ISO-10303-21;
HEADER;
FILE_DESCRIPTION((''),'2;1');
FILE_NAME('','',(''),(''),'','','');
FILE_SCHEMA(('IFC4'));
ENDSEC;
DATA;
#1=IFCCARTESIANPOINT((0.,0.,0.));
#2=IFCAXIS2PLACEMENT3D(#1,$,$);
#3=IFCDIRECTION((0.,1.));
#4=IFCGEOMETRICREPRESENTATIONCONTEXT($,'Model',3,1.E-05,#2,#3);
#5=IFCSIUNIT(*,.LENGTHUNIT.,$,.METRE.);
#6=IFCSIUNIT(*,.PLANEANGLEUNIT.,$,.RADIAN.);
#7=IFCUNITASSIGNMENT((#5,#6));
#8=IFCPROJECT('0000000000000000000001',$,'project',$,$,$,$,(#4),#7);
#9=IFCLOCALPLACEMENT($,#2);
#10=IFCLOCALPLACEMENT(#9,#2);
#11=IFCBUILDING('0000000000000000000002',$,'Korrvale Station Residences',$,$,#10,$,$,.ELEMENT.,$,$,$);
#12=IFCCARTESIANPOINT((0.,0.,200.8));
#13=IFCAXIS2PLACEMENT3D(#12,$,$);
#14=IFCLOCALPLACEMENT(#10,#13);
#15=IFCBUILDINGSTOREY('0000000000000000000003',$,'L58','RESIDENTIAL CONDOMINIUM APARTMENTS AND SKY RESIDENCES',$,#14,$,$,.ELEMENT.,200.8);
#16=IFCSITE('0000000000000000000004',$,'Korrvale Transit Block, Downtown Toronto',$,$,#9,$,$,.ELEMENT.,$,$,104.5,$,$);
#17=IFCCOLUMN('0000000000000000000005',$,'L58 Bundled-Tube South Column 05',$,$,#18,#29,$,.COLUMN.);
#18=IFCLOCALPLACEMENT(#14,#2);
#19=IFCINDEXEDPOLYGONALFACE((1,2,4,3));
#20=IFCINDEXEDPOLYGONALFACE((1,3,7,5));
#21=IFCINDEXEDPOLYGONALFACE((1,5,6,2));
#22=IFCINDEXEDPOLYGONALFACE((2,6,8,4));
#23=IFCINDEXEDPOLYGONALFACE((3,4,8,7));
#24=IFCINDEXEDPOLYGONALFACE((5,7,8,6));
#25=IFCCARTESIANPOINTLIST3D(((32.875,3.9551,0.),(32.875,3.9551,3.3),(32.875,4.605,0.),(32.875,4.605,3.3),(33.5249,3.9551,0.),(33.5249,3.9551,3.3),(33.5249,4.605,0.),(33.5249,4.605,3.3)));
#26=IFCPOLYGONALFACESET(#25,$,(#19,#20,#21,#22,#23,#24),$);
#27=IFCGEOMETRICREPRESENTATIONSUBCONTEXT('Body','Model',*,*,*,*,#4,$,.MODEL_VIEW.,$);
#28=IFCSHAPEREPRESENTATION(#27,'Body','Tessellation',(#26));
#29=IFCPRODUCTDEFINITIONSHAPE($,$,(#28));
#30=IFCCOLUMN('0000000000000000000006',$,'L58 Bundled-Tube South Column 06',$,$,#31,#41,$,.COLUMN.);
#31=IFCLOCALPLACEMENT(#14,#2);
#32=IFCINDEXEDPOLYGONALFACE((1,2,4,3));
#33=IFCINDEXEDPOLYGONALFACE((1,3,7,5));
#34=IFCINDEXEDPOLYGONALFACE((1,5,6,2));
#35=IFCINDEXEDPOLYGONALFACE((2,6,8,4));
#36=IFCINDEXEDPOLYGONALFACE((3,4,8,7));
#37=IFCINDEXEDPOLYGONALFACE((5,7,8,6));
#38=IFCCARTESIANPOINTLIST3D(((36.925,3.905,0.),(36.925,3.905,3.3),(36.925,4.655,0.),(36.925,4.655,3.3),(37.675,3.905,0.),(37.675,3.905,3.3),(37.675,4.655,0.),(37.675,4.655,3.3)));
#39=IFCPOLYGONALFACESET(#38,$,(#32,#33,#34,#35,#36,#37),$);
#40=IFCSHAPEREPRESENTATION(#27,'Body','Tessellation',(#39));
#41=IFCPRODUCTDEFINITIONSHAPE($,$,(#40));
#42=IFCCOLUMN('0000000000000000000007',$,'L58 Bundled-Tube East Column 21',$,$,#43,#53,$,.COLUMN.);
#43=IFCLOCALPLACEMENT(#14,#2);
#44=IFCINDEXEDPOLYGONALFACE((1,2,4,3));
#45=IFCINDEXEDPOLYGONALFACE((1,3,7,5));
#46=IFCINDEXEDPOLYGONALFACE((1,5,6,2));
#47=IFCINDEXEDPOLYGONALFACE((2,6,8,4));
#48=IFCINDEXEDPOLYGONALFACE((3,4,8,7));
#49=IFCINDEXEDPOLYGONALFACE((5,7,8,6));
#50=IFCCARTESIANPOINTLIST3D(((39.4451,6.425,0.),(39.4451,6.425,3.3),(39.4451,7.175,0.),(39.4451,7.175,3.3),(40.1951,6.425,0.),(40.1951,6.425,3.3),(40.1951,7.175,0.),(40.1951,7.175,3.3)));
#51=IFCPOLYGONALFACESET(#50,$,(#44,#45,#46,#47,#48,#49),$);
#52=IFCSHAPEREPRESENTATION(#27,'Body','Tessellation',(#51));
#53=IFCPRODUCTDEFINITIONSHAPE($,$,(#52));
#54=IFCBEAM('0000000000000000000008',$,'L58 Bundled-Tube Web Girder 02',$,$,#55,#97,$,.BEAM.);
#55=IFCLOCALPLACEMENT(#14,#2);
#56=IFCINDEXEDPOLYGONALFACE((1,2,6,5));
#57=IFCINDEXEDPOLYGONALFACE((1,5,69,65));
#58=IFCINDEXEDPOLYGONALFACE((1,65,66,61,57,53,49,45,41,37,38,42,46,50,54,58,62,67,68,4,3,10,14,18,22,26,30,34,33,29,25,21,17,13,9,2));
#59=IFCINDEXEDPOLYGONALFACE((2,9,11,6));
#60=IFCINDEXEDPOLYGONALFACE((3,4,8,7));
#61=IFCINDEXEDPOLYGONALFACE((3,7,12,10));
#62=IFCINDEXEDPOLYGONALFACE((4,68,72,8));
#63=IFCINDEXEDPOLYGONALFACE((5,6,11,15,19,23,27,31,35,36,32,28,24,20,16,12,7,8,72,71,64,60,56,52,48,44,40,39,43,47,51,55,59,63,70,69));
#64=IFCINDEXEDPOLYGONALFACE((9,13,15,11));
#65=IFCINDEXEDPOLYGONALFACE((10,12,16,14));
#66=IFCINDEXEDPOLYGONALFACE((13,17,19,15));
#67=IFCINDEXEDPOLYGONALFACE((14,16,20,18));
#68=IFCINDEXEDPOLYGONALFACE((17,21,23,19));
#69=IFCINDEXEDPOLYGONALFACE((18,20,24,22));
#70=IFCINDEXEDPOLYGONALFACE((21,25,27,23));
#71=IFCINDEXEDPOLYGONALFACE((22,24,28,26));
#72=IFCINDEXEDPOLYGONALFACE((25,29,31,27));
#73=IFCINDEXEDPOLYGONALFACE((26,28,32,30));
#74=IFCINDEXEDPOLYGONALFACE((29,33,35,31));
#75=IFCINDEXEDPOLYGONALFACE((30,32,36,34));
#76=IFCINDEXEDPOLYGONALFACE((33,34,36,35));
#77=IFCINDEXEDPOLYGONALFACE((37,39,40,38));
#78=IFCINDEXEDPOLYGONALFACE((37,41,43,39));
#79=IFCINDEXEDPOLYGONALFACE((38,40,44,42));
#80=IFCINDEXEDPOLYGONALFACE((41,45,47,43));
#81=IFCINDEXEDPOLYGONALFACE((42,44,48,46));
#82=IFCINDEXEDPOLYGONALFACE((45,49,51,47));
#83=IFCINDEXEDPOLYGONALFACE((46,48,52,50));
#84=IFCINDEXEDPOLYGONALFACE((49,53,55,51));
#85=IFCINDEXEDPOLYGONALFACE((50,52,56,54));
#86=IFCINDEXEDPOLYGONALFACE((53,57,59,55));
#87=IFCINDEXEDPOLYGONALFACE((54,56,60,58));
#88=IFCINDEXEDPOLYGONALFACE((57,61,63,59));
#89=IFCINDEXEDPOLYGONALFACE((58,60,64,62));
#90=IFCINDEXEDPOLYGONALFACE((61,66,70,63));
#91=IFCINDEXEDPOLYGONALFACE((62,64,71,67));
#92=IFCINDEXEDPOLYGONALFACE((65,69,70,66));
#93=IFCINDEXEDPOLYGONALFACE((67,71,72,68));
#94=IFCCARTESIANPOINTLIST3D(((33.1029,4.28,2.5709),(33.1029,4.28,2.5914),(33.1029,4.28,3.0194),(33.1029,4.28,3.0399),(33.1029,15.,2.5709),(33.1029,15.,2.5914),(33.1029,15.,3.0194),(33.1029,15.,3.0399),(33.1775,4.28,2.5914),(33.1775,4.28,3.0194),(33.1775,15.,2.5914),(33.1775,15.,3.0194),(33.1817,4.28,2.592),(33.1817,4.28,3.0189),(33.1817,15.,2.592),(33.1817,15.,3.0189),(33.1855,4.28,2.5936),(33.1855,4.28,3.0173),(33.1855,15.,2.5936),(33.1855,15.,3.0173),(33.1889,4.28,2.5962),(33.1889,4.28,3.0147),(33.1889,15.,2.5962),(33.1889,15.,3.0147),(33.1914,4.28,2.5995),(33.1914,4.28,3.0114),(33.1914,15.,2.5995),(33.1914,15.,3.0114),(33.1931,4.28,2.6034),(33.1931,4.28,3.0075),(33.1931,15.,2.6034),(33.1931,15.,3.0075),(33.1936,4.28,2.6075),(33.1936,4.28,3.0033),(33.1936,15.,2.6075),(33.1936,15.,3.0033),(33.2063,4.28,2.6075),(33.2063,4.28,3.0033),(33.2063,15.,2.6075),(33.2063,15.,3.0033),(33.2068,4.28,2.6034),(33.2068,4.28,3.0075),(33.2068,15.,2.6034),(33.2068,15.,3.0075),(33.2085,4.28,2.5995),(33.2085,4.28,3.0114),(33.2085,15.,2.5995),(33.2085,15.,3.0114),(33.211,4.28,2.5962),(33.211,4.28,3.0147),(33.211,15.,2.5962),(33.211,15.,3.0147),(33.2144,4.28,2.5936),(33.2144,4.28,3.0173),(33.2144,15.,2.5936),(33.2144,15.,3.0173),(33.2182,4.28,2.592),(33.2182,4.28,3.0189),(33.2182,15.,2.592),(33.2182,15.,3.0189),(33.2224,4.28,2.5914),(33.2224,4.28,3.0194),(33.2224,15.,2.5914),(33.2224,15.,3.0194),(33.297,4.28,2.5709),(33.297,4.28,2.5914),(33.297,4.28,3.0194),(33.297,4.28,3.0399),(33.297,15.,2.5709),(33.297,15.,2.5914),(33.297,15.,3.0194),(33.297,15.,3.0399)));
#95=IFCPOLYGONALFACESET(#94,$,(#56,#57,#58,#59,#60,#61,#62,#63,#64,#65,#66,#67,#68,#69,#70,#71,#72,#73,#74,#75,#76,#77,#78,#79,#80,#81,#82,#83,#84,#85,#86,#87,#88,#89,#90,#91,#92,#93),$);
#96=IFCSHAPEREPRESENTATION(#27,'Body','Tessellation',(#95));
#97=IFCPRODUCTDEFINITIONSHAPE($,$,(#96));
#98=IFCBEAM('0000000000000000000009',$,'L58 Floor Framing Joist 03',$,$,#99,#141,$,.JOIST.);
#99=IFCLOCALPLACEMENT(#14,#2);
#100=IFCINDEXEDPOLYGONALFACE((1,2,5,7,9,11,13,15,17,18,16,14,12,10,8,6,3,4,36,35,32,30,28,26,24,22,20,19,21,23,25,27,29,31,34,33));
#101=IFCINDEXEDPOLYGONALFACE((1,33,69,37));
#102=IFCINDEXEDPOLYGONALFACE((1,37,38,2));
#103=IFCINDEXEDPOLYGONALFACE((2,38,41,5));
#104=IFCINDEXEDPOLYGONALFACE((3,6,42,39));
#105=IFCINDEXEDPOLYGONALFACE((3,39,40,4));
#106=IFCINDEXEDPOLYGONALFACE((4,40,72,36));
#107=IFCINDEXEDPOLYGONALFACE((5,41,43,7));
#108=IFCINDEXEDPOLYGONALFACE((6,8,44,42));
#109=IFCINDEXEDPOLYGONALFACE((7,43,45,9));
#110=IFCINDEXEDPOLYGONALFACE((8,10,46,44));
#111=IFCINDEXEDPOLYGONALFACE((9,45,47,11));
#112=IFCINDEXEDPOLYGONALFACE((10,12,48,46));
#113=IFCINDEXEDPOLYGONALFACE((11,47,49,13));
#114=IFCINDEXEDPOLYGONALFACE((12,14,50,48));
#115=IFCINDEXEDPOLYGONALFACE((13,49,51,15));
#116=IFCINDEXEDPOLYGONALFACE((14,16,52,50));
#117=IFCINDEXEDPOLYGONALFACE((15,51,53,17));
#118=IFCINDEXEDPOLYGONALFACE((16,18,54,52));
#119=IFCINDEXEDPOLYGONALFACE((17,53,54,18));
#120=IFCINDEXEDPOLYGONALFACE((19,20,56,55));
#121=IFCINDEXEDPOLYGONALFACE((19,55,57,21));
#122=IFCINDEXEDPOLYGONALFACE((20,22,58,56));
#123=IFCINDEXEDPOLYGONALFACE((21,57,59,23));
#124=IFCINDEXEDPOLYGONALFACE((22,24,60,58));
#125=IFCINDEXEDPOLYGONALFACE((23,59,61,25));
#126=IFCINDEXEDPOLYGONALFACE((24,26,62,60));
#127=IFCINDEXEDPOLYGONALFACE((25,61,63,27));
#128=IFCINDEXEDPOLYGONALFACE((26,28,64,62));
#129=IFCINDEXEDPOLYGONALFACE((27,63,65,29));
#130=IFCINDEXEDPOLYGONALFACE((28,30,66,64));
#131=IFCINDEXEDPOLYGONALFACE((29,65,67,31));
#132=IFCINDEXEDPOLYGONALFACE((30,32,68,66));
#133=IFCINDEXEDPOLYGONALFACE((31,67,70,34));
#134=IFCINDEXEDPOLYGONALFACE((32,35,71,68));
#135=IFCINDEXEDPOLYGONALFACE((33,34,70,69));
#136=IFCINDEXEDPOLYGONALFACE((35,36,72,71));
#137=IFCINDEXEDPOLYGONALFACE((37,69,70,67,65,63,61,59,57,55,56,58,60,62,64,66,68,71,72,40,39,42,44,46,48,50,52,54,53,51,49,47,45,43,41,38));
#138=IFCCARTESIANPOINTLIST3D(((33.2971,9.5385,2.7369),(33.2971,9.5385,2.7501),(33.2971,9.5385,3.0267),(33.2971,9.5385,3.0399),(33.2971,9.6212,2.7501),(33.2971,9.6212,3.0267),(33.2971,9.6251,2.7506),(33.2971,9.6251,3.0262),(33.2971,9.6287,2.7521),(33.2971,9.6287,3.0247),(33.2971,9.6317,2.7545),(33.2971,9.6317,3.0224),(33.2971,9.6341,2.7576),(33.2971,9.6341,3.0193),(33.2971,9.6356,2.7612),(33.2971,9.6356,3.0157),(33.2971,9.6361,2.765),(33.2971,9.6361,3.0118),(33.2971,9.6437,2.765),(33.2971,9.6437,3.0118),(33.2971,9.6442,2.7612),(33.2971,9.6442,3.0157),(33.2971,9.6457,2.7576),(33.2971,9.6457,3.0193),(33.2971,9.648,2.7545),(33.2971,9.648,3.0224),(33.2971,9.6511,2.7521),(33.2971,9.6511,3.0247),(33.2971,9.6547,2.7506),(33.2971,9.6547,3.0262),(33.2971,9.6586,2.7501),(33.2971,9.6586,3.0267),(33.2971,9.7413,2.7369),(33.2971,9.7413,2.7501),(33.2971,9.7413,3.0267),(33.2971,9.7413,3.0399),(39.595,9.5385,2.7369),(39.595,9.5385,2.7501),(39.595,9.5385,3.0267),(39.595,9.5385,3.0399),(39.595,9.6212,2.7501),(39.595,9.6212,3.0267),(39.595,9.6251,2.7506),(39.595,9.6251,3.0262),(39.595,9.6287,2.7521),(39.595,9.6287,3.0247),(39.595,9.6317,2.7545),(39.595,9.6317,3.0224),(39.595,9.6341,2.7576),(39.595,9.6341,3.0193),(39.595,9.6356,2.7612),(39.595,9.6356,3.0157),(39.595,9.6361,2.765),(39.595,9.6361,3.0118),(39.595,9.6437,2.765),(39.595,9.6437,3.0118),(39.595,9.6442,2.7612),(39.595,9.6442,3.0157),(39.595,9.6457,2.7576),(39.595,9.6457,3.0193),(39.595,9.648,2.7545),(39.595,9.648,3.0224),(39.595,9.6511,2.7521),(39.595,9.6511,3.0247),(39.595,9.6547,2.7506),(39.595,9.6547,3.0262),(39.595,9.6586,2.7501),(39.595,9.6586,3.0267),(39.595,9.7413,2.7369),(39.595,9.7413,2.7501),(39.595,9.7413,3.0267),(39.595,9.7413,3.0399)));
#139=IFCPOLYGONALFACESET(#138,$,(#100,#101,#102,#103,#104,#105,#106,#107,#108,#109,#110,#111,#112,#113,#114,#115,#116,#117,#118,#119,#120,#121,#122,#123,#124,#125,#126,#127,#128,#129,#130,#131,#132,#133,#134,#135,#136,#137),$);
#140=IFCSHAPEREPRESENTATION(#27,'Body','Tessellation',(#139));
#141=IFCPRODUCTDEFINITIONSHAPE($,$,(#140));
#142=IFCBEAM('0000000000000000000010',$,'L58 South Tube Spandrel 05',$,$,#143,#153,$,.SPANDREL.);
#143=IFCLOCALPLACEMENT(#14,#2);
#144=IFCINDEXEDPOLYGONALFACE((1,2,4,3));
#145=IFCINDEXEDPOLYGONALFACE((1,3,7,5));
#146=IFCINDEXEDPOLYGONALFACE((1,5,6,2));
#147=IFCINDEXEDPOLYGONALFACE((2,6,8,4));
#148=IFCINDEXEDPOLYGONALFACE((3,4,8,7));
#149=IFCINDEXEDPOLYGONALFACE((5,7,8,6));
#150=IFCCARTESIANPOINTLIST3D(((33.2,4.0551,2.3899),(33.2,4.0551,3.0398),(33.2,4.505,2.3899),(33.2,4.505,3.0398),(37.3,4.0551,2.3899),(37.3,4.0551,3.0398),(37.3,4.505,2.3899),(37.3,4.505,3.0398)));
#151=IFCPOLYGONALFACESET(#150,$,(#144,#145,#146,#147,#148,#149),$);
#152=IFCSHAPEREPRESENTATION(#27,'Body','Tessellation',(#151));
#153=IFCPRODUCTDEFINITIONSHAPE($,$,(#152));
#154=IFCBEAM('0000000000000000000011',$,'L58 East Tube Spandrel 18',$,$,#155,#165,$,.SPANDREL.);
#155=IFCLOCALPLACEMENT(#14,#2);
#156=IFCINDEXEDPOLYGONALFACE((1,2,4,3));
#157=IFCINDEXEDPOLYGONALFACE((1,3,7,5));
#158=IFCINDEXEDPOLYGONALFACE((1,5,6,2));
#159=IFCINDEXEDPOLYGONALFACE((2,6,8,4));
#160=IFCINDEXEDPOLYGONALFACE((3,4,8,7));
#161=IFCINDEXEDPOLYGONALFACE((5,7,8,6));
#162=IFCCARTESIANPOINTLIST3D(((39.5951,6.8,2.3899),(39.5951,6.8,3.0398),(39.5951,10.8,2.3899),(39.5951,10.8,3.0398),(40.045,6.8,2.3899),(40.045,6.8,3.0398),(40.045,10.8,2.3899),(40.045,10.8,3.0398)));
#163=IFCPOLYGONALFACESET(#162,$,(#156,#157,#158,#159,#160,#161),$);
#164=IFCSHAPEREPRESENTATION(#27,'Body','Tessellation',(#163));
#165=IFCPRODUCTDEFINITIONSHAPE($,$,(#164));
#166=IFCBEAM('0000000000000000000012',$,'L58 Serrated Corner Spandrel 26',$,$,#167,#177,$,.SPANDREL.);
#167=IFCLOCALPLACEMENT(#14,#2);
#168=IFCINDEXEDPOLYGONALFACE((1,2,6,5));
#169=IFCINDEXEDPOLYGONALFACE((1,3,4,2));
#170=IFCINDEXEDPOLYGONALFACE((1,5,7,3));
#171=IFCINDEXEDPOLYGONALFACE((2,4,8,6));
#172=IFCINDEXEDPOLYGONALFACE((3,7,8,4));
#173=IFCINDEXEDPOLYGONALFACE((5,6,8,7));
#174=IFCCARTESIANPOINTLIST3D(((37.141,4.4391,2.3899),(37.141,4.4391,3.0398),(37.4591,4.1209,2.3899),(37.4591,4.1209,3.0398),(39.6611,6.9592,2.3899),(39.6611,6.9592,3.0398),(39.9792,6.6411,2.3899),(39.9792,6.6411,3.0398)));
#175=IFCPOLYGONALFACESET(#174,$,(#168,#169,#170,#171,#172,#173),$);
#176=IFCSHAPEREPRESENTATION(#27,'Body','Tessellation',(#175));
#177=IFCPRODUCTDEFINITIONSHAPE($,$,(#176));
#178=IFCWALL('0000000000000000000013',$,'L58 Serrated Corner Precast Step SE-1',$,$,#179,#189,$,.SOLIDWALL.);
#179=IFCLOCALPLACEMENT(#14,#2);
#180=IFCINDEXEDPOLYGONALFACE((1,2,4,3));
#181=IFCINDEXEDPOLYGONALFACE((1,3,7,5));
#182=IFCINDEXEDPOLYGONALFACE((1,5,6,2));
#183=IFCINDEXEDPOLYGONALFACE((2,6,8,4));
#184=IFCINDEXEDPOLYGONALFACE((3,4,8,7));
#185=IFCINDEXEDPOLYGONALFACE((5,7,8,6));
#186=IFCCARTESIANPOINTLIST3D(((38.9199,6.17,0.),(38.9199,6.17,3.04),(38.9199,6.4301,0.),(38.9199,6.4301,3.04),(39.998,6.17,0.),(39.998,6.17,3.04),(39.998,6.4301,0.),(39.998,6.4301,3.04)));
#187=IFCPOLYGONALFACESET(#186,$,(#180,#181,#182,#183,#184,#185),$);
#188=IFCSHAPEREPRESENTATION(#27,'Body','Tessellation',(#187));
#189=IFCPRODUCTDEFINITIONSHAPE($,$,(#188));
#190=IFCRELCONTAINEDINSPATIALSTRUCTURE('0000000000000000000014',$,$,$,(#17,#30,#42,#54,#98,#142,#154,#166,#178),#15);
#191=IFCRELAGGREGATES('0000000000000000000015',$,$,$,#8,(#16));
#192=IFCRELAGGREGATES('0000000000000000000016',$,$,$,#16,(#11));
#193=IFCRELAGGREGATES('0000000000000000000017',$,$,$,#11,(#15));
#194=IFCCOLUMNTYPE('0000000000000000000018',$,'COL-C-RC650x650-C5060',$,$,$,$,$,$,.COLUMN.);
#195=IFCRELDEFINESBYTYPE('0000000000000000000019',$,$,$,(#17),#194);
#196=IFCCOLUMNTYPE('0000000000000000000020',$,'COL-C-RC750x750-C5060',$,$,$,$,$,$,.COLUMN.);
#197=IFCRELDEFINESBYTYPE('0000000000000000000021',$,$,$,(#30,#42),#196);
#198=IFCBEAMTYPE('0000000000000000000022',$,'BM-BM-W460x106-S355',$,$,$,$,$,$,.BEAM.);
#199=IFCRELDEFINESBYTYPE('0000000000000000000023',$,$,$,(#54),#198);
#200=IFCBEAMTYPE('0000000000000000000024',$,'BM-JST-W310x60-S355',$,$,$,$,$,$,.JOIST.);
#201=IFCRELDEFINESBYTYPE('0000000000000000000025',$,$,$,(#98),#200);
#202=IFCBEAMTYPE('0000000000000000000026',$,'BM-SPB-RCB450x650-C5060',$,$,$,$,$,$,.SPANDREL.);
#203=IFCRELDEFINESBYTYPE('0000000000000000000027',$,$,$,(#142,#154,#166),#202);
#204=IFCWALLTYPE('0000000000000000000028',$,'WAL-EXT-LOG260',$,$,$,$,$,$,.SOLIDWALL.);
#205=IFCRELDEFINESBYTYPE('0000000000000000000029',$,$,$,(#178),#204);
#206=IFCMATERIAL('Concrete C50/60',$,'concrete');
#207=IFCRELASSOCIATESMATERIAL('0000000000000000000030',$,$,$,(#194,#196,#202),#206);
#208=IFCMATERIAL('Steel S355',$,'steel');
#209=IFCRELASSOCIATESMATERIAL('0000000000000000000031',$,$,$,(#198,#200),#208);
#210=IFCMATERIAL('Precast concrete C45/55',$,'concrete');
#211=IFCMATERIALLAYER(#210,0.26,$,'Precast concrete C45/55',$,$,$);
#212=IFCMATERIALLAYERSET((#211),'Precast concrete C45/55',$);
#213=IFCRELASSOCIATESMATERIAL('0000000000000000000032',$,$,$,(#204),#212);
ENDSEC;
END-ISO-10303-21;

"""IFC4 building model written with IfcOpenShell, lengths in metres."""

from ifc_helpers import new_model, si_unit, direction, frame, frame_2d, origin, origin_2d, place, context, subcontext, project, spatial, rectangle, i_section, extrude, material, layer, layer_set, material_profile, profile_set, type_object, element, save


model = new_model("IFC4")

# Units and contexts
model_context = context("Model", 3, precision=1e-05, world=origin(), true_north=direction((0.0, 1.0)))
body_context = subcontext(model_context, "Body", "Model", "MODEL_VIEW")
ifc_project = project(units=[si_unit("LENGTHUNIT", "METRE"), si_unit("PLANEANGLEUNIT", "RADIAN")], contexts=[model_context])

# Site, building, storey
site_placement = place(None, origin())
site = spatial("IfcSite", under=ifc_project, at=site_placement, Name="Korrvale Transit Block, Downtown Toronto", CompositionType="ELEMENT", RefElevation=104.5)
building_placement = place(site_placement, origin())
building = spatial("IfcBuilding", under=site, at=building_placement, Name="Korrvale Station Residences", CompositionType="ELEMENT")
storey_placement = place(building_placement, frame((0.0, 0.0, 200.8)))
storey = spatial("IfcBuildingStorey", under=building, at=storey_placement, Name="L58", Description="RESIDENTIAL CONDOMINIUM APARTMENTS AND SKY RESIDENCES", CompositionType="ELEMENT", Elevation=200.8)

# Columns
ifc_material_1 = material(Name="Concrete C50/60", Category="concrete")
ifc_material_profile_1 = material_profile(ifc_material_1, rectangle(XDim=0.6499, YDim=0.6499, at=origin_2d()), Name="RC650x650")
ifc_profile_set_1 = profile_set([ifc_material_profile_1], Name="Concrete C50/60")
column_type_1 = type_object("IfcColumnType", Name="COL-C-RC650x650-C5060", PredefinedType="COLUMN", material=ifc_profile_set_1)
column_placement = place(storey_placement, frame((33.2, 4.28, 0.0), z_axis=(0.0, 0.0, 1.0), x_axis=(1.0, 0.0, 0.0)))
element("IfcColumn", 1, at=column_placement, inside=storey, type_object=column_type_1, Name="L58 Bundled-Tube South Column 05", PredefinedType="COLUMN", context=body_context, shape_type="SweptSolid", body=[
    extrude(rectangle(XDim=0.6499, YDim=0.6499, at=origin_2d()), origin(), (0.0, 0.0, 1.0), 3.3),
])
ifc_material_profile_2 = material_profile(ifc_material_1, rectangle(XDim=0.75, YDim=0.75, at=origin_2d()), Name="RC750x750")
ifc_profile_set_2 = profile_set([ifc_material_profile_2], Name="Concrete C50/60")
column_type_2 = type_object("IfcColumnType", Name="COL-C-RC750x750-C5060", PredefinedType="COLUMN", material=ifc_profile_set_2)
for number, where, z_axis, x_axis, name in (
    (2, (37.3, 4.28, 0.0), (0.0, 0.0, 1.0), (1.0, 0.0, 0.0), "L58 Bundled-Tube South Column 06"),
    (3, (39.8201, 6.8, 0.0), (0.0, 0.0, 1.0), (1.0, 0.0, 0.0), "L58 Bundled-Tube East Column 21"),
):
    element("IfcColumn", number, at=place(storey_placement, frame(where, z_axis=z_axis, x_axis=x_axis)), inside=storey, type_object=column_type_2, Name=name, PredefinedType="COLUMN", context=body_context, shape_type="SweptSolid", body=[
        extrude(rectangle(XDim=0.75, YDim=0.75, at=origin_2d()), origin(), (0.0, 0.0, 1.0), 3.3),
    ])

# Beams
ifc_material_2 = material(Name="Steel S355", Category="steel")
ifc_material_profile_3 = material_profile(ifc_material_2, i_section(OverallWidth=0.1941, OverallDepth=0.469, WebThickness=0.0127, FlangeThickness=0.0205, FilletRadius=0.0161, at=origin_2d()), Name="W460x106")
ifc_profile_set_3 = profile_set([ifc_material_profile_3], Name="Steel S355")
beam_type_1 = type_object("IfcBeamType", Name="BM-BM-W460x106-S355", PredefinedType="BEAM", material=ifc_profile_set_3)
beam_1_placement = place(storey_placement, frame((33.2, 4.28, 2.8054), z_axis=(0.0, 1.0, 0.0), x_axis=(-1.0, 0.0, 0.0)))
element("IfcBeam", 4, at=beam_1_placement, inside=storey, type_object=beam_type_1, Name="L58 Bundled-Tube Web Girder 02", PredefinedType="BEAM", context=body_context, shape_type="SweptSolid", body=[
    extrude(i_section(OverallWidth=0.1941, OverallDepth=0.469, WebThickness=0.0127, FlangeThickness=0.0205, FilletRadius=0.0161, at=origin_2d()), origin(), (0.0, 0.0, 1.0), 10.72),
])
ifc_material_profile_4 = material_profile(ifc_material_2, i_section(OverallWidth=0.2029, OverallDepth=0.303, WebThickness=0.0076, FlangeThickness=0.0132, FilletRadius=0.0149, at=origin_2d()), Name="W310x60")
ifc_profile_set_4 = profile_set([ifc_material_profile_4], Name="Steel S355")
beam_type_2 = type_object("IfcBeamType", Name="BM-JST-W310x60-S355", PredefinedType="JOIST", material=ifc_profile_set_4)
beam_2_placement = place(storey_placement, frame((33.2971, 9.6399, 2.8884), z_axis=(1.0, 0.0, 0.0), x_axis=(0.0, 1.0, 0.0)))
element("IfcBeam", 5, at=beam_2_placement, inside=storey, type_object=beam_type_2, Name="L58 Floor Framing Joist 03", PredefinedType="JOIST", context=body_context, shape_type="SweptSolid", body=[
    extrude(i_section(OverallWidth=0.2029, OverallDepth=0.303, WebThickness=0.0076, FlangeThickness=0.0132, FilletRadius=0.0149, at=origin_2d()), origin(), (0.0, 0.0, 1.0), 6.2979),
])
ifc_material_profile_5 = material_profile(ifc_material_1, rectangle(XDim=0.45, YDim=0.6499, at=origin_2d()), Name="RCB450x650")
ifc_profile_set_5 = profile_set([ifc_material_profile_5], Name="Concrete C50/60")
beam_type_3 = type_object("IfcBeamType", Name="BM-SPB-RCB450x650-C5060", PredefinedType="SPANDREL", material=ifc_profile_set_5)
beam_3_placement = place(storey_placement, frame((33.2, 4.28, 2.7148), z_axis=(1.0, 0.0, 0.0), x_axis=(0.0, 1.0, 0.0)))
element("IfcBeam", 6, at=beam_3_placement, inside=storey, type_object=beam_type_3, Name="L58 South Tube Spandrel 05", PredefinedType="SPANDREL", context=body_context, shape_type="SweptSolid", body=[
    extrude(rectangle(XDim=0.45, YDim=0.6499, at=origin_2d()), origin(), (0.0, 0.0, 1.0), 4.1001),
])
beam_4_placement = place(storey_placement, frame((39.8201, 6.8, 2.7148), z_axis=(0.0, 1.0, 0.0), x_axis=(-1.0, 0.0, 0.0)))
element("IfcBeam", 7, at=beam_4_placement, inside=storey, type_object=beam_type_3, Name="L58 East Tube Spandrel 18", PredefinedType="SPANDREL", context=body_context, shape_type="SweptSolid", body=[
    extrude(rectangle(XDim=0.45, YDim=0.6499, at=origin_2d()), origin(), (0.0, 0.0, 1.0), 4.0),
])
beam_5_placement = place(storey_placement, frame((37.3, 4.28, 2.7148), z_axis=(0.707107, 0.707107, 0.0), x_axis=(-0.707107, 0.707107, 0.0)))
element("IfcBeam", 8, at=beam_5_placement, inside=storey, type_object=beam_type_3, Name="L58 Serrated Corner Spandrel 26", PredefinedType="SPANDREL", context=body_context, shape_type="SweptSolid", body=[
    extrude(rectangle(XDim=0.45, YDim=0.6499, at=origin_2d()), origin(), (0.0, 0.0, 1.0), 3.564),
])

# Wall
ifc_material_3 = material(Name="Precast concrete C45/55", Category="concrete")
ifc_layer_1 = layer(ifc_material_3, 0.26, Name="Precast concrete C45/55")
ifc_layer_set_1 = layer_set([ifc_layer_1], Name="Precast concrete C45/55")
wall_type_1 = type_object("IfcWallType", Name="WAL-EXT-LOG260", PredefinedType="SOLIDWALL", material=ifc_layer_set_1)
wall_1_placement = place(storey_placement, frame((39.998, 6.3, 0.0), z_axis=(0.0, 0.0, 1.0), x_axis=(-1.0, 0.0, 0.0)))
element("IfcWall", 9, at=wall_1_placement, inside=storey, type_object=wall_type_1, Name="L58 Serrated Corner Precast Step SE-1", PredefinedType="SOLIDWALL", context=body_context, shape_type="SweptSolid", body=[
    extrude(rectangle(XDim=1.0781, YDim=0.26, at=frame_2d((0.5391, 0.0))), origin(), (0.0, 0.0, 1.0), 3.04),
])

save(model, "model.ifc")
